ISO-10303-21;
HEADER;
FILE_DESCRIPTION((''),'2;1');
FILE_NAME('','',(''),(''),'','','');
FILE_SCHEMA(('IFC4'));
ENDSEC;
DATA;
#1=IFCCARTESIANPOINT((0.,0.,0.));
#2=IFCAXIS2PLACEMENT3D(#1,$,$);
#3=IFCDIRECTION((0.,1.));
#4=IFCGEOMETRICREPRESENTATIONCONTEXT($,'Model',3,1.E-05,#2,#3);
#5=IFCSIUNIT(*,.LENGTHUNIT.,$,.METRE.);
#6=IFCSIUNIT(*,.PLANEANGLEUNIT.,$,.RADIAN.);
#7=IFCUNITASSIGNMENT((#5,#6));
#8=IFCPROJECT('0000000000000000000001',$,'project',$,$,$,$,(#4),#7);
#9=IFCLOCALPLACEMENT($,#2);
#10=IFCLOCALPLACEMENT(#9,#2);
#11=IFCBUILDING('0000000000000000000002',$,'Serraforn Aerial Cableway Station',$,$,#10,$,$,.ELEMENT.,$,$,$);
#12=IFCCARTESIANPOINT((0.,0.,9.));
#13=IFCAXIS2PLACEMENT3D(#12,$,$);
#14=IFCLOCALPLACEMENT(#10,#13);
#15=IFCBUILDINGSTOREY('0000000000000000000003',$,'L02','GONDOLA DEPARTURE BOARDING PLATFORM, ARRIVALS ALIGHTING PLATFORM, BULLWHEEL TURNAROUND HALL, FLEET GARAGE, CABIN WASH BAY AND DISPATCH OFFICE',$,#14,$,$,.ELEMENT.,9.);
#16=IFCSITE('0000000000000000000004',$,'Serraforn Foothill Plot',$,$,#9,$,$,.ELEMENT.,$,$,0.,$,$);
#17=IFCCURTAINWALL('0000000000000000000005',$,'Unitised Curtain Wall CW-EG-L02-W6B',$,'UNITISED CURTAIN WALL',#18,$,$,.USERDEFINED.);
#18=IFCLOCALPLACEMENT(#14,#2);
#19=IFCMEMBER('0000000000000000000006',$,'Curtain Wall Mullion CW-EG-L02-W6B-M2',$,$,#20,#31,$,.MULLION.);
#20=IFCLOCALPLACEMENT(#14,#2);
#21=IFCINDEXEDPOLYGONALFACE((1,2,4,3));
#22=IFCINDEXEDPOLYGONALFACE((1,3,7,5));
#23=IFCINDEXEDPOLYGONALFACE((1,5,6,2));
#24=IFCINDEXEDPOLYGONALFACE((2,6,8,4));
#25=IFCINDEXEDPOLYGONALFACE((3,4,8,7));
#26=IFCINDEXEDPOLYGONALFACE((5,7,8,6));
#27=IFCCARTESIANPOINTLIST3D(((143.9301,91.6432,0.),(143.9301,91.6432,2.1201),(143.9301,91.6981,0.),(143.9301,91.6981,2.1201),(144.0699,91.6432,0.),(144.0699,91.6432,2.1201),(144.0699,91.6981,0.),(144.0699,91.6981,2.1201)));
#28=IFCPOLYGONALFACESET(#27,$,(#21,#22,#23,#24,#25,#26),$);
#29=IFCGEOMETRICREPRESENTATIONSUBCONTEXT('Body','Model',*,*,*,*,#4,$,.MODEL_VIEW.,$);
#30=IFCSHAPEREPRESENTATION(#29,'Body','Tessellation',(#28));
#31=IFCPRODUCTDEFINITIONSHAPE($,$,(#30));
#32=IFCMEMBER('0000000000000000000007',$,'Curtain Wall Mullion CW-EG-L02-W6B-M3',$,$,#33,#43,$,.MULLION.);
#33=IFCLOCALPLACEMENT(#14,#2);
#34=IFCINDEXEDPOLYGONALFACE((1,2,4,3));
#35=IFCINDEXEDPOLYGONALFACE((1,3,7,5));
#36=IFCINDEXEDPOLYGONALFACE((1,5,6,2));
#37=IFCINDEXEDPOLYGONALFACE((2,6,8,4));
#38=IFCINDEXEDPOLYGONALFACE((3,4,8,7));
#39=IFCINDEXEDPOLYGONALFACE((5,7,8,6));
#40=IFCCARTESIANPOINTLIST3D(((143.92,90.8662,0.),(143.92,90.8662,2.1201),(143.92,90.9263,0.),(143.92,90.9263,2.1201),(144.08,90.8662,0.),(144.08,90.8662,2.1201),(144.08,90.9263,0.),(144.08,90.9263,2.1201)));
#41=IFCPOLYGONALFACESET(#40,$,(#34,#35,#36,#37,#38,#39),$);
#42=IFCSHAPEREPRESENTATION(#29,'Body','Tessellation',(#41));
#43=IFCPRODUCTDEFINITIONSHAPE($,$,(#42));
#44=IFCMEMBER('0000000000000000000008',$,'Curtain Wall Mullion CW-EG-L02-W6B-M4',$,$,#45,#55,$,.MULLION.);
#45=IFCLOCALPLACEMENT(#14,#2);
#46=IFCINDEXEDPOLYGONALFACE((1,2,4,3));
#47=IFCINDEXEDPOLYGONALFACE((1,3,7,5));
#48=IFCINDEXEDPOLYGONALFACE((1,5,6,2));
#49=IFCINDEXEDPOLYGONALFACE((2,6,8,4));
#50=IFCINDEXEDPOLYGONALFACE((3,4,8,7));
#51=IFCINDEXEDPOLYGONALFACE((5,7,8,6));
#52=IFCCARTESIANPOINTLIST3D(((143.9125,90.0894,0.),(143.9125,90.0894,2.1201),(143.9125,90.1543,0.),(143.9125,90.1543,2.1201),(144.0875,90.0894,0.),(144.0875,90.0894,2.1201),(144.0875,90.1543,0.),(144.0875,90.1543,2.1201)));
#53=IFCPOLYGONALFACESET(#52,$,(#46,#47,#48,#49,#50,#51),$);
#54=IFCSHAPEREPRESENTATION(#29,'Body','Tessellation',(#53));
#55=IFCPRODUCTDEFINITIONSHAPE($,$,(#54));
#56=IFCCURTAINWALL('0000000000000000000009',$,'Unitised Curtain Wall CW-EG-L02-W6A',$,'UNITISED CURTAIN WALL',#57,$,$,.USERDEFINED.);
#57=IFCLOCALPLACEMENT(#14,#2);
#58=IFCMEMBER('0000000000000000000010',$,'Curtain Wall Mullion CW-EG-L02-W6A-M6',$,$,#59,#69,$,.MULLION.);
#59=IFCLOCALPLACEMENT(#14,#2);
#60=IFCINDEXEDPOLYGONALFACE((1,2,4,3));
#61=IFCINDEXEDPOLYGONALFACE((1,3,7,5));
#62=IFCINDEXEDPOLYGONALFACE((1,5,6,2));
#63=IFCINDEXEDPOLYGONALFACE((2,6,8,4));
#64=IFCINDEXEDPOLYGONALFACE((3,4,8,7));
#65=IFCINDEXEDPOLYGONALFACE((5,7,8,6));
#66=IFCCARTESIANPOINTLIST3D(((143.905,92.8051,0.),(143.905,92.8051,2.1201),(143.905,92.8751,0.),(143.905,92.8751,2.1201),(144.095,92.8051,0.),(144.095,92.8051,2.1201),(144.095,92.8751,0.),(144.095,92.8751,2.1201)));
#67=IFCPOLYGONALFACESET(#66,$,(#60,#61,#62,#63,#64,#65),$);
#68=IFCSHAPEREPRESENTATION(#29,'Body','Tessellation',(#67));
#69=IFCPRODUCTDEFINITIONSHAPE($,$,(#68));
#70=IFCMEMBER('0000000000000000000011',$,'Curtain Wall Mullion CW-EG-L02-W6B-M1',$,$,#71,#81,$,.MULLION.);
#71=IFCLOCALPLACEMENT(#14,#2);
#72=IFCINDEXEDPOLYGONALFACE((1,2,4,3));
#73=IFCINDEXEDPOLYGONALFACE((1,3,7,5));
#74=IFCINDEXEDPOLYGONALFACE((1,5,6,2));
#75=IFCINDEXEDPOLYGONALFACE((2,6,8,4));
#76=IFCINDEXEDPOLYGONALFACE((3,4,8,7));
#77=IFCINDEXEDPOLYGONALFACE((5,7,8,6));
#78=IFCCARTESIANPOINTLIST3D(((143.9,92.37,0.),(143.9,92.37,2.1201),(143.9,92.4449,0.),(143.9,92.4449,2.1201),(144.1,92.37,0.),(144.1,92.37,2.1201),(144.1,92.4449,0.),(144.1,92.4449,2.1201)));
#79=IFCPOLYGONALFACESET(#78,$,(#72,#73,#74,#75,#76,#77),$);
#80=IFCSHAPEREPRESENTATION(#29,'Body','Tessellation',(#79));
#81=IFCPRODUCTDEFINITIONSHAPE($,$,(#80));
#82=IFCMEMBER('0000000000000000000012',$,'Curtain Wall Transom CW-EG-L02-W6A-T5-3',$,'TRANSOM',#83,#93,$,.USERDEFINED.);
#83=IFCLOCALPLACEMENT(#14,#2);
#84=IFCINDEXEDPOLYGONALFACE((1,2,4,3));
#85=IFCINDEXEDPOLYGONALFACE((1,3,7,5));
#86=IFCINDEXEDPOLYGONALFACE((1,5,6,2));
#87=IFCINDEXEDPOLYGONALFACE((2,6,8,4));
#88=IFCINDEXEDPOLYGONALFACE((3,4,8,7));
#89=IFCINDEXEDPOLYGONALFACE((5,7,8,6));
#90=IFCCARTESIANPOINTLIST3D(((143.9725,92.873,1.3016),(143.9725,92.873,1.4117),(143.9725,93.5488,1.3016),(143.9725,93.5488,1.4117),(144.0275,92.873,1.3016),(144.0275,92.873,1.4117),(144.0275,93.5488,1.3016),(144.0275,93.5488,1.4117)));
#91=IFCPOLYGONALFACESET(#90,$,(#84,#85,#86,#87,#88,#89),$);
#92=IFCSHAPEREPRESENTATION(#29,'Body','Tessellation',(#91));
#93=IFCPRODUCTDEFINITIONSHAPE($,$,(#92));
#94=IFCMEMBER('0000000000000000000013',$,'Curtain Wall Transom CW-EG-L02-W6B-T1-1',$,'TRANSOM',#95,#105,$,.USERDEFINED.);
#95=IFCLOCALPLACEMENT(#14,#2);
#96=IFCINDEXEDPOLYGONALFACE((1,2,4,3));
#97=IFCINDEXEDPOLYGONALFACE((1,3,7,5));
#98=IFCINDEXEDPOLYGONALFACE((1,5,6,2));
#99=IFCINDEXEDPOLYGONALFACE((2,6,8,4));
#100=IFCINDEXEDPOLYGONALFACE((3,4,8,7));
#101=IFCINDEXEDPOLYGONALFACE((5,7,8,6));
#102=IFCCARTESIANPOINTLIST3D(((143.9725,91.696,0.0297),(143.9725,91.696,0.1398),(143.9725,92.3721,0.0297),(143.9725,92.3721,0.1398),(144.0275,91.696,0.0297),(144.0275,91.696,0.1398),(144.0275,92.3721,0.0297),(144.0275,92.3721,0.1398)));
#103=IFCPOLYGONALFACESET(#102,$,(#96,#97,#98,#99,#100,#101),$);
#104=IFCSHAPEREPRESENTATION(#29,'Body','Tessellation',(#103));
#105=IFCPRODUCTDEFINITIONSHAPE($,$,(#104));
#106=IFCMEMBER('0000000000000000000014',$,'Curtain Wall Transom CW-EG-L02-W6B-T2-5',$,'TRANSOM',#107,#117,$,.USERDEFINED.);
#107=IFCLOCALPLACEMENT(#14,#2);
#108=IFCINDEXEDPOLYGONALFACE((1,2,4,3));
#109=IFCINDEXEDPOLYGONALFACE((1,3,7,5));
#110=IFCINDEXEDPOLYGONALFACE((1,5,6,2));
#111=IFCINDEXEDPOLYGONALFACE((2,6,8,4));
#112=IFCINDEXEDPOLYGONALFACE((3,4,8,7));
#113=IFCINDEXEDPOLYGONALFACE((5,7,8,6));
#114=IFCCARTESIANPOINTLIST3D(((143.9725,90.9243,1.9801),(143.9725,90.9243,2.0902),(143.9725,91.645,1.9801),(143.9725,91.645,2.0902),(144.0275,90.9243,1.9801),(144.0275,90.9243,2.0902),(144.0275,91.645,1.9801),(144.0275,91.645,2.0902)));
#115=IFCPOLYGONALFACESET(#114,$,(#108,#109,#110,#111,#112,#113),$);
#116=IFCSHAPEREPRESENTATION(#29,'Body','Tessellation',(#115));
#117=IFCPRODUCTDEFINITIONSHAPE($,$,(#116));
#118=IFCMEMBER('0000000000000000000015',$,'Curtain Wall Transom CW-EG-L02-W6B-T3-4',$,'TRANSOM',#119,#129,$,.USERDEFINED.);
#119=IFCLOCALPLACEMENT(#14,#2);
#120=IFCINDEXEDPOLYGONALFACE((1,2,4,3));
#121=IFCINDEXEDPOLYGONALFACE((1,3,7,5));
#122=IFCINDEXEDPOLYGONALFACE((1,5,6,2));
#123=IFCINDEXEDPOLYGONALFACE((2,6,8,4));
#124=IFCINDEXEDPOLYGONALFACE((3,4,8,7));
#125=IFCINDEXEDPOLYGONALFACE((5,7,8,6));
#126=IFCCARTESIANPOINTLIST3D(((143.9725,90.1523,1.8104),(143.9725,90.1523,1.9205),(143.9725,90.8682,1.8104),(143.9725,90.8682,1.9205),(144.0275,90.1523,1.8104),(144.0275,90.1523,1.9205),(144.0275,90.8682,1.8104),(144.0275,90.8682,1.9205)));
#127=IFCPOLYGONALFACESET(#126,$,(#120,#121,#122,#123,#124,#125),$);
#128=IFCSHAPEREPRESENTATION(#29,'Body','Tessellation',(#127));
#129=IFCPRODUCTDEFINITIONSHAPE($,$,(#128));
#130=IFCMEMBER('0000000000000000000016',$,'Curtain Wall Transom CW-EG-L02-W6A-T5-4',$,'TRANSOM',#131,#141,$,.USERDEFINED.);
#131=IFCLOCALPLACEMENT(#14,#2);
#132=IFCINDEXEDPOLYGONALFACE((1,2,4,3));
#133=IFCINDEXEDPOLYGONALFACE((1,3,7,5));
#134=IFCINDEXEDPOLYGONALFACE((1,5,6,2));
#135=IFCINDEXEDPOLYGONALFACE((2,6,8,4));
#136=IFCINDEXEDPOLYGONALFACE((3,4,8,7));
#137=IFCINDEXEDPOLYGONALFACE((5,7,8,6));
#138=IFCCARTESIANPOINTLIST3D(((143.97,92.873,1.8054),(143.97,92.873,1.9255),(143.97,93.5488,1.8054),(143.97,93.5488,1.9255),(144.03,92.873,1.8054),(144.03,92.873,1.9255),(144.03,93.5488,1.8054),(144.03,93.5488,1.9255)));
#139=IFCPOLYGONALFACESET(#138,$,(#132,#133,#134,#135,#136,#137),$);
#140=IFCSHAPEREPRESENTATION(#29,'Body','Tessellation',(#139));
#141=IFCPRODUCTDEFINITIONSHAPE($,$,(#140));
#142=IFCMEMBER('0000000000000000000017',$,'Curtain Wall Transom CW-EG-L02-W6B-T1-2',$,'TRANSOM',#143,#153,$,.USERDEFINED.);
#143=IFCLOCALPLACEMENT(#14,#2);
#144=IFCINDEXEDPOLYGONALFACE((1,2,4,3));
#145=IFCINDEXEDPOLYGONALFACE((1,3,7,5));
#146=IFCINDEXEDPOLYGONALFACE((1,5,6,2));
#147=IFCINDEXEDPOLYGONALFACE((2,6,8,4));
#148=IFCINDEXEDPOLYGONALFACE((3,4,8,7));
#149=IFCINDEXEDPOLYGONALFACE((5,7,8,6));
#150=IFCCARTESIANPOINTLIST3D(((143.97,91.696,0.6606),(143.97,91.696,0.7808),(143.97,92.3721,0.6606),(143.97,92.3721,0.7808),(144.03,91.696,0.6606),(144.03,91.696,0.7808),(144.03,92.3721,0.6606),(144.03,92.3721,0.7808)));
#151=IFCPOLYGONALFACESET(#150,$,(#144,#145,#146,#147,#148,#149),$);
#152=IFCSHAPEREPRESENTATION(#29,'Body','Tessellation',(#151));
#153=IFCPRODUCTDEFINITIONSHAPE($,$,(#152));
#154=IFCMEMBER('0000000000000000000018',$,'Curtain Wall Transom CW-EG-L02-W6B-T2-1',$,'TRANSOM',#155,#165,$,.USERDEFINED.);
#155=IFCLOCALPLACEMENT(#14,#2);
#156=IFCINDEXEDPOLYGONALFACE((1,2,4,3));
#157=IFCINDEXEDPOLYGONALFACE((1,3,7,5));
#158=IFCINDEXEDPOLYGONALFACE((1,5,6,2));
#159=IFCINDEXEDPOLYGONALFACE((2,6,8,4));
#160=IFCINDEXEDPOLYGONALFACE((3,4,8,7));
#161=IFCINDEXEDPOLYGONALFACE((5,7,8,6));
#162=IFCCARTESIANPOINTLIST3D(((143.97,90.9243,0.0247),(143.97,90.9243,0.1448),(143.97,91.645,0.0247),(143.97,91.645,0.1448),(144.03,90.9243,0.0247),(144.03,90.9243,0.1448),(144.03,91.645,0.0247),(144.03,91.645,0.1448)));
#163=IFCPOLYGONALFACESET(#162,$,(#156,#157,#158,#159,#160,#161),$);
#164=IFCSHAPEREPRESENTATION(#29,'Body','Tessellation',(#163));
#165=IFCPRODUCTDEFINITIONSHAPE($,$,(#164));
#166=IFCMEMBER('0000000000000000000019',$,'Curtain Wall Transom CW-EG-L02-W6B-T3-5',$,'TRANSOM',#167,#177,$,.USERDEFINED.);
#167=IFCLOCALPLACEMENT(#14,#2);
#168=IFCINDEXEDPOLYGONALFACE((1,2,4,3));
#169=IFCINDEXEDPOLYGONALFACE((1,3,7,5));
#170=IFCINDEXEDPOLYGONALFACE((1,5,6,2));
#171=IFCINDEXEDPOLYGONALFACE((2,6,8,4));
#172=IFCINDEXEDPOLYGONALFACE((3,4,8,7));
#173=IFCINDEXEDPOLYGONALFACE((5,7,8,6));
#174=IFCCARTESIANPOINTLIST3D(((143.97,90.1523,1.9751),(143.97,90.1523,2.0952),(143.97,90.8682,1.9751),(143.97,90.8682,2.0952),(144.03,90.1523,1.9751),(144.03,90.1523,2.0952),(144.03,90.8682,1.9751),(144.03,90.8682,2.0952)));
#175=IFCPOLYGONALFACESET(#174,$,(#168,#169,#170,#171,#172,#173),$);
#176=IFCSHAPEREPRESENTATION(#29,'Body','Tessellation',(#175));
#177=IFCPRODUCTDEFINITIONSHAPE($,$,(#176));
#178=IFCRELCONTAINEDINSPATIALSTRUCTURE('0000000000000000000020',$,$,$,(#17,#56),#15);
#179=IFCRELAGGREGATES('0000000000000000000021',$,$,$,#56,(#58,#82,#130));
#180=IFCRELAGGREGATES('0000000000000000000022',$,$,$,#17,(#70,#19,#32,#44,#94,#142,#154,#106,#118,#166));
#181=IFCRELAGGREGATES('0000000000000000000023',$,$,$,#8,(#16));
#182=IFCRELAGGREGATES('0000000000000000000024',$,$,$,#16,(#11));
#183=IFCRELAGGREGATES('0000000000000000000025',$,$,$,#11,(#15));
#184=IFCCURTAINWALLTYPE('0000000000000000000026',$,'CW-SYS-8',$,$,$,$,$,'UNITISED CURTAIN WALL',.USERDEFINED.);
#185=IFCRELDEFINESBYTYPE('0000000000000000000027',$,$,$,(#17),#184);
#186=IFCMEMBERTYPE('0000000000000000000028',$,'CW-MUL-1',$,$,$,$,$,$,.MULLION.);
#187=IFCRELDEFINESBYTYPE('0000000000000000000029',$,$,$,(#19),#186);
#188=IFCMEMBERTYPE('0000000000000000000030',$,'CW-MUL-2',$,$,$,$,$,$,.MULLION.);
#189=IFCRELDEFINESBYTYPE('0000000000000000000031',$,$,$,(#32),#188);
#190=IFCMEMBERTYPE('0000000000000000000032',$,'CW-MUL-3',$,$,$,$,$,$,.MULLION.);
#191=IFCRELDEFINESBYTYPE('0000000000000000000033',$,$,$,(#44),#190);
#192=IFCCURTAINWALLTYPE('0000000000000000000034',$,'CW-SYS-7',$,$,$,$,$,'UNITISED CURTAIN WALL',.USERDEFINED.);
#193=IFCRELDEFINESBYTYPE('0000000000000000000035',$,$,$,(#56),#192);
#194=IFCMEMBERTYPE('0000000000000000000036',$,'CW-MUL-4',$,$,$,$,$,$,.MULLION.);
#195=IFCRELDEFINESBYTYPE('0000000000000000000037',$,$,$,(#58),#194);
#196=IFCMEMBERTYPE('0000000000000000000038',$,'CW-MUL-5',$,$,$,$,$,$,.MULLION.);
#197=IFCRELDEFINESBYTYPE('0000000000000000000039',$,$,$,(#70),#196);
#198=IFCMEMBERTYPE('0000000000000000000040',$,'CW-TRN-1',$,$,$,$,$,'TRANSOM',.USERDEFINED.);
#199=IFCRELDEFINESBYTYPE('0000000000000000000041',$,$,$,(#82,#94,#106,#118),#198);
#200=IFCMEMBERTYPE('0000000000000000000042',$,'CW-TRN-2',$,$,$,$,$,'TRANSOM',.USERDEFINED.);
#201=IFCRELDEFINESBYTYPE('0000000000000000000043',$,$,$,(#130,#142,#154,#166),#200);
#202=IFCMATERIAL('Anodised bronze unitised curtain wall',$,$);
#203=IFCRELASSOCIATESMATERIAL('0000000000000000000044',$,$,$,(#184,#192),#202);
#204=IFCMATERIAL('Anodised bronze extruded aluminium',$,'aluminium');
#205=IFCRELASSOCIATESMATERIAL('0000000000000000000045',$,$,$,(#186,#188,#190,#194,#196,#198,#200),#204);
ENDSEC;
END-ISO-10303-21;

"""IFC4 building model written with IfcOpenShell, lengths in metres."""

from ifc_helpers import new_model, si_unit, direction, frame, origin, origin_2d, place, context, subcontext, project, spatial, rectangle, extrude, material, material_profile, profile_set, type_object, element, aggregate, save


model = new_model("IFC4")

# Units and contexts
model_context = context("Model", 3, precision=1e-05, world=origin(), true_north=direction((0.0, 1.0)))
body_context = subcontext(model_context, "Body", "Model", "MODEL_VIEW")
ifc_project = project(units=[si_unit("LENGTHUNIT", "METRE"), si_unit("PLANEANGLEUNIT", "RADIAN")], contexts=[model_context])

# Site, building, storey
site_placement = place(None, origin())
site = spatial("IfcSite", under=ifc_project, at=site_placement, Name="Serraforn Foothill Plot", CompositionType="ELEMENT", RefElevation=0.0)
building_placement = place(site_placement, origin())
building = spatial("IfcBuilding", under=site, at=building_placement, Name="Serraforn Aerial Cableway Station", CompositionType="ELEMENT")
storey_placement = place(building_placement, frame((0.0, 0.0, 9.0)))
storey = spatial("IfcBuildingStorey", under=building, at=storey_placement, Name="L02", Description="GONDOLA DEPARTURE BOARDING PLATFORM, ARRIVALS ALIGHTING PLATFORM, BULLWHEEL TURNAROUND HALL, FLEET GARAGE, CABIN WASH BAY AND DISPATCH OFFICE", CompositionType="ELEMENT", Elevation=9.0)

# Curtain wall, members
ifc_material_1 = material(Name="Anodised bronze unitised curtain wall")
curtain_wall_type_1 = type_object("IfcCurtainWallType", Name="CW-SYS-8", ElementType="UNITISED CURTAIN WALL", PredefinedType="USERDEFINED", material=ifc_material_1)
curtain_wall_1_placement = place(storey_placement, origin())
curtain_wall_1 = element("IfcCurtainWall", 1, at=curtain_wall_1_placement, inside=storey, type_object=curtain_wall_type_1, Name="Unitised Curtain Wall CW-EG-L02-W6B", ObjectType="UNITISED CURTAIN WALL", PredefinedType="USERDEFINED")
ifc_material_2 = material(Name="Anodised bronze extruded aluminium", Category="aluminium")
ifc_material_profile_1 = material_profile(ifc_material_2, rectangle(XDim=0.0549, YDim=0.1399, at=origin_2d()), Name="CW MULLION 55x140")
ifc_profile_set_1 = profile_set([ifc_material_profile_1], Name="Anodised bronze extruded aluminium")
member_type_1 = type_object("IfcMemberType", Name="CW-MUL-1", PredefinedType="MULLION", material=ifc_profile_set_1)
member_1_placement = place(storey_placement, frame((144.0, 91.6707, 0.0), z_axis=(0.0, 0.0, 1.0), x_axis=(0.0, -1.0, 0.0)))
member_1 = element("IfcMember", 2, at=member_1_placement, type_object=member_type_1, Name="Curtain Wall Mullion CW-EG-L02-W6B-M2", PredefinedType="MULLION", context=body_context, shape_type="SweptSolid", body=[
    extrude(rectangle(XDim=0.0549, YDim=0.1399, at=origin_2d()), origin(), (0.0, 0.0, 1.0), 2.1201),
])
ifc_material_profile_2 = material_profile(ifc_material_2, rectangle(XDim=0.0601, YDim=0.1599, at=origin_2d()), Name="CW MULLION 60x160")
ifc_profile_set_2 = profile_set([ifc_material_profile_2], Name="Anodised bronze extruded aluminium")
member_type_2 = type_object("IfcMemberType", Name="CW-MUL-2", PredefinedType="MULLION", material=ifc_profile_set_2)
member_2_placement = place(storey_placement, frame((144.0, 90.8962, 0.0), z_axis=(0.0, 0.0, 1.0), x_axis=(0.0, -1.0, 0.0)))
member_2 = element("IfcMember", 3, at=member_2_placement, type_object=member_type_2, Name="Curtain Wall Mullion CW-EG-L02-W6B-M3", PredefinedType="MULLION", context=body_context, shape_type="SweptSolid", body=[
    extrude(rectangle(XDim=0.0601, YDim=0.1599, at=origin_2d()), origin(), (0.0, 0.0, 1.0), 2.1201),
])
ifc_material_profile_3 = material_profile(ifc_material_2, rectangle(XDim=0.0649, YDim=0.175, at=origin_2d()), Name="CW MULLION 65x175")
ifc_profile_set_3 = profile_set([ifc_material_profile_3], Name="Anodised bronze extruded aluminium")
member_type_3 = type_object("IfcMemberType", Name="CW-MUL-3", PredefinedType="MULLION", material=ifc_profile_set_3)
member_3_placement = place(storey_placement, frame((144.0, 90.1218, 0.0), z_axis=(0.0, 0.0, 1.0), x_axis=(0.0, -1.0, 0.0)))
member_3 = element("IfcMember", 4, at=member_3_placement, type_object=member_type_3, Name="Curtain Wall Mullion CW-EG-L02-W6B-M4", PredefinedType="MULLION", context=body_context, shape_type="SweptSolid", body=[
    extrude(rectangle(XDim=0.0649, YDim=0.175, at=origin_2d()), origin(), (0.0, 0.0, 1.0), 2.1201),
])

# Curtain wall, member
curtain_wall_type_2 = type_object("IfcCurtainWallType", Name="CW-SYS-7", ElementType="UNITISED CURTAIN WALL", PredefinedType="USERDEFINED", material=ifc_material_1)
curtain_wall_2_placement = place(storey_placement, origin())
curtain_wall_2 = element("IfcCurtainWall", 5, at=curtain_wall_2_placement, inside=storey, type_object=curtain_wall_type_2, Name="Unitised Curtain Wall CW-EG-L02-W6A", ObjectType="UNITISED CURTAIN WALL", PredefinedType="USERDEFINED")
ifc_material_profile_4 = material_profile(ifc_material_2, rectangle(XDim=0.0701, YDim=0.1899, at=origin_2d()), Name="CW MULLION 70x190")
ifc_profile_set_4 = profile_set([ifc_material_profile_4], Name="Anodised bronze extruded aluminium")
member_type_4 = type_object("IfcMemberType", Name="CW-MUL-4", PredefinedType="MULLION", material=ifc_profile_set_4)
member_4_placement = place(storey_placement, frame((144.0, 92.8401, 0.0), z_axis=(0.0, 0.0, 1.0), x_axis=(0.0, -1.0, 0.0)))
member_4 = element("IfcMember", 6, at=member_4_placement, type_object=member_type_4, Name="Curtain Wall Mullion CW-EG-L02-W6A-M6", PredefinedType="MULLION", context=body_context, shape_type="SweptSolid", body=[
    extrude(rectangle(XDim=0.0701, YDim=0.1899, at=origin_2d()), origin(), (0.0, 0.0, 1.0), 2.1201),
])

# Members
ifc_material_profile_5 = material_profile(ifc_material_2, rectangle(XDim=0.075, YDim=0.2, at=origin_2d()), Name="CW MULLION 75x200")
ifc_profile_set_5 = profile_set([ifc_material_profile_5], Name="Anodised bronze extruded aluminium")
member_type_5 = type_object("IfcMemberType", Name="CW-MUL-5", PredefinedType="MULLION", material=ifc_profile_set_5)
member_5_placement = place(storey_placement, frame((144.0, 92.4075, 0.0), z_axis=(0.0, 0.0, 1.0), x_axis=(0.0, -1.0, 0.0)))
member_5 = element("IfcMember", 7, at=member_5_placement, type_object=member_type_5, Name="Curtain Wall Mullion CW-EG-L02-W6B-M1", PredefinedType="MULLION", context=body_context, shape_type="SweptSolid", body=[
    extrude(rectangle(XDim=0.075, YDim=0.2, at=origin_2d()), origin(), (0.0, 0.0, 1.0), 2.1201),
])
ifc_material_profile_6 = material_profile(ifc_material_2, rectangle(XDim=0.0549, YDim=0.1101, at=origin_2d()), Name="CW TRANSOM 55x110")
ifc_profile_set_6 = profile_set([ifc_material_profile_6], Name="Anodised bronze extruded aluminium")
member_type_6 = type_object("IfcMemberType", Name="CW-TRN-1", ElementType="TRANSOM", PredefinedType="USERDEFINED", material=ifc_profile_set_6)
member_6_placement = place(storey_placement, frame((144.0, 93.5488, 1.3567), z_axis=(0.0, -1.0, 0.0), x_axis=(1.0, 0.0, 0.0)))
member_6 = element("IfcMember", 8, at=member_6_placement, type_object=member_type_6, Name="Curtain Wall Transom CW-EG-L02-W6A-T5-3", ObjectType="TRANSOM", PredefinedType="USERDEFINED", context=body_context, shape_type="SweptSolid", body=[
    extrude(rectangle(XDim=0.0549, YDim=0.1101, at=origin_2d()), origin(), (0.0, 0.0, 1.0), 0.6758),
])
member_7_placement = place(storey_placement, frame((144.0, 92.3721, 0.0847), z_axis=(0.0, -1.0, 0.0), x_axis=(1.0, 0.0, 0.0)))
member_7 = element("IfcMember", 9, at=member_7_placement, type_object=member_type_6, Name="Curtain Wall Transom CW-EG-L02-W6B-T1-1", ObjectType="TRANSOM", PredefinedType="USERDEFINED", context=body_context, shape_type="SweptSolid", body=[
    extrude(rectangle(XDim=0.0549, YDim=0.1101, at=origin_2d()), origin(), (0.0, 0.0, 1.0), 0.676),
])
member_8_placement = place(storey_placement, frame((144.0, 91.645, 2.0352), z_axis=(0.0, -1.0, 0.0), x_axis=(1.0, 0.0, 0.0)))
member_8 = element("IfcMember", 10, at=member_8_placement, type_object=member_type_6, Name="Curtain Wall Transom CW-EG-L02-W6B-T2-5", ObjectType="TRANSOM", PredefinedType="USERDEFINED", context=body_context, shape_type="SweptSolid", body=[
    extrude(rectangle(XDim=0.0549, YDim=0.1101, at=origin_2d()), origin(), (0.0, 0.0, 1.0), 0.7207),
])
member_9_placement = place(storey_placement, frame((144.0, 90.8682, 1.8655), z_axis=(0.0, -1.0, 0.0), x_axis=(1.0, 0.0, 0.0)))
member_9 = element("IfcMember", 11, at=member_9_placement, type_object=member_type_6, Name="Curtain Wall Transom CW-EG-L02-W6B-T3-4", ObjectType="TRANSOM", PredefinedType="USERDEFINED", context=body_context, shape_type="SweptSolid", body=[
    extrude(rectangle(XDim=0.0549, YDim=0.1101, at=origin_2d()), origin(), (0.0, 0.0, 1.0), 0.7158),
])
ifc_material_profile_7 = material_profile(ifc_material_2, rectangle(XDim=0.0601, YDim=0.1201, at=origin_2d()), Name="CW TRANSOM 60x120")
ifc_profile_set_7 = profile_set([ifc_material_profile_7], Name="Anodised bronze extruded aluminium")
member_type_7 = type_object("IfcMemberType", Name="CW-TRN-2", ElementType="TRANSOM", PredefinedType="USERDEFINED", material=ifc_profile_set_7)
member_10_placement = place(storey_placement, frame((144.0, 93.5488, 1.8655), z_axis=(0.0, -1.0, 0.0), x_axis=(1.0, 0.0, 0.0)))
member_10 = element("IfcMember", 12, at=member_10_placement, type_object=member_type_7, Name="Curtain Wall Transom CW-EG-L02-W6A-T5-4", ObjectType="TRANSOM", PredefinedType="USERDEFINED", context=body_context, shape_type="SweptSolid", body=[
    extrude(rectangle(XDim=0.0601, YDim=0.1201, at=origin_2d()), origin(), (0.0, 0.0, 1.0), 0.6758),
])
member_11_placement = place(storey_placement, frame((144.0, 92.3721, 0.7207), z_axis=(0.0, -1.0, 0.0), x_axis=(1.0, 0.0, 0.0)))
member_11 = element("IfcMember", 13, at=member_11_placement, type_object=member_type_7, Name="Curtain Wall Transom CW-EG-L02-W6B-T1-2", ObjectType="TRANSOM", PredefinedType="USERDEFINED", context=body_context, shape_type="SweptSolid", body=[
    extrude(rectangle(XDim=0.0601, YDim=0.1201, at=origin_2d()), origin(), (0.0, 0.0, 1.0), 0.676),
])
member_12_placement = place(storey_placement, frame((144.0, 91.645, 0.0847), z_axis=(0.0, -1.0, 0.0), x_axis=(1.0, 0.0, 0.0)))
member_12 = element("IfcMember", 14, at=member_12_placement, type_object=member_type_7, Name="Curtain Wall Transom CW-EG-L02-W6B-T2-1", ObjectType="TRANSOM", PredefinedType="USERDEFINED", context=body_context, shape_type="SweptSolid", body=[
    extrude(rectangle(XDim=0.0601, YDim=0.1201, at=origin_2d()), origin(), (0.0, 0.0, 1.0), 0.7207),
])
member_13_placement = place(storey_placement, frame((144.0, 90.8682, 2.0352), z_axis=(0.0, -1.0, 0.0), x_axis=(1.0, 0.0, 0.0)))
member_13 = element("IfcMember", 15, at=member_13_placement, type_object=member_type_7, Name="Curtain Wall Transom CW-EG-L02-W6B-T3-5", ObjectType="TRANSOM", PredefinedType="USERDEFINED", context=body_context, shape_type="SweptSolid", body=[
    extrude(rectangle(XDim=0.0601, YDim=0.1201, at=origin_2d()), origin(), (0.0, 0.0, 1.0), 0.7158),
])

aggregate(curtain_wall_2, [member_4, member_6, member_10])
aggregate(curtain_wall_1, [member_5, member_1, member_2, member_3, member_7, member_11, member_12, member_8, member_9, member_13])

save(model, "model.ifc")
